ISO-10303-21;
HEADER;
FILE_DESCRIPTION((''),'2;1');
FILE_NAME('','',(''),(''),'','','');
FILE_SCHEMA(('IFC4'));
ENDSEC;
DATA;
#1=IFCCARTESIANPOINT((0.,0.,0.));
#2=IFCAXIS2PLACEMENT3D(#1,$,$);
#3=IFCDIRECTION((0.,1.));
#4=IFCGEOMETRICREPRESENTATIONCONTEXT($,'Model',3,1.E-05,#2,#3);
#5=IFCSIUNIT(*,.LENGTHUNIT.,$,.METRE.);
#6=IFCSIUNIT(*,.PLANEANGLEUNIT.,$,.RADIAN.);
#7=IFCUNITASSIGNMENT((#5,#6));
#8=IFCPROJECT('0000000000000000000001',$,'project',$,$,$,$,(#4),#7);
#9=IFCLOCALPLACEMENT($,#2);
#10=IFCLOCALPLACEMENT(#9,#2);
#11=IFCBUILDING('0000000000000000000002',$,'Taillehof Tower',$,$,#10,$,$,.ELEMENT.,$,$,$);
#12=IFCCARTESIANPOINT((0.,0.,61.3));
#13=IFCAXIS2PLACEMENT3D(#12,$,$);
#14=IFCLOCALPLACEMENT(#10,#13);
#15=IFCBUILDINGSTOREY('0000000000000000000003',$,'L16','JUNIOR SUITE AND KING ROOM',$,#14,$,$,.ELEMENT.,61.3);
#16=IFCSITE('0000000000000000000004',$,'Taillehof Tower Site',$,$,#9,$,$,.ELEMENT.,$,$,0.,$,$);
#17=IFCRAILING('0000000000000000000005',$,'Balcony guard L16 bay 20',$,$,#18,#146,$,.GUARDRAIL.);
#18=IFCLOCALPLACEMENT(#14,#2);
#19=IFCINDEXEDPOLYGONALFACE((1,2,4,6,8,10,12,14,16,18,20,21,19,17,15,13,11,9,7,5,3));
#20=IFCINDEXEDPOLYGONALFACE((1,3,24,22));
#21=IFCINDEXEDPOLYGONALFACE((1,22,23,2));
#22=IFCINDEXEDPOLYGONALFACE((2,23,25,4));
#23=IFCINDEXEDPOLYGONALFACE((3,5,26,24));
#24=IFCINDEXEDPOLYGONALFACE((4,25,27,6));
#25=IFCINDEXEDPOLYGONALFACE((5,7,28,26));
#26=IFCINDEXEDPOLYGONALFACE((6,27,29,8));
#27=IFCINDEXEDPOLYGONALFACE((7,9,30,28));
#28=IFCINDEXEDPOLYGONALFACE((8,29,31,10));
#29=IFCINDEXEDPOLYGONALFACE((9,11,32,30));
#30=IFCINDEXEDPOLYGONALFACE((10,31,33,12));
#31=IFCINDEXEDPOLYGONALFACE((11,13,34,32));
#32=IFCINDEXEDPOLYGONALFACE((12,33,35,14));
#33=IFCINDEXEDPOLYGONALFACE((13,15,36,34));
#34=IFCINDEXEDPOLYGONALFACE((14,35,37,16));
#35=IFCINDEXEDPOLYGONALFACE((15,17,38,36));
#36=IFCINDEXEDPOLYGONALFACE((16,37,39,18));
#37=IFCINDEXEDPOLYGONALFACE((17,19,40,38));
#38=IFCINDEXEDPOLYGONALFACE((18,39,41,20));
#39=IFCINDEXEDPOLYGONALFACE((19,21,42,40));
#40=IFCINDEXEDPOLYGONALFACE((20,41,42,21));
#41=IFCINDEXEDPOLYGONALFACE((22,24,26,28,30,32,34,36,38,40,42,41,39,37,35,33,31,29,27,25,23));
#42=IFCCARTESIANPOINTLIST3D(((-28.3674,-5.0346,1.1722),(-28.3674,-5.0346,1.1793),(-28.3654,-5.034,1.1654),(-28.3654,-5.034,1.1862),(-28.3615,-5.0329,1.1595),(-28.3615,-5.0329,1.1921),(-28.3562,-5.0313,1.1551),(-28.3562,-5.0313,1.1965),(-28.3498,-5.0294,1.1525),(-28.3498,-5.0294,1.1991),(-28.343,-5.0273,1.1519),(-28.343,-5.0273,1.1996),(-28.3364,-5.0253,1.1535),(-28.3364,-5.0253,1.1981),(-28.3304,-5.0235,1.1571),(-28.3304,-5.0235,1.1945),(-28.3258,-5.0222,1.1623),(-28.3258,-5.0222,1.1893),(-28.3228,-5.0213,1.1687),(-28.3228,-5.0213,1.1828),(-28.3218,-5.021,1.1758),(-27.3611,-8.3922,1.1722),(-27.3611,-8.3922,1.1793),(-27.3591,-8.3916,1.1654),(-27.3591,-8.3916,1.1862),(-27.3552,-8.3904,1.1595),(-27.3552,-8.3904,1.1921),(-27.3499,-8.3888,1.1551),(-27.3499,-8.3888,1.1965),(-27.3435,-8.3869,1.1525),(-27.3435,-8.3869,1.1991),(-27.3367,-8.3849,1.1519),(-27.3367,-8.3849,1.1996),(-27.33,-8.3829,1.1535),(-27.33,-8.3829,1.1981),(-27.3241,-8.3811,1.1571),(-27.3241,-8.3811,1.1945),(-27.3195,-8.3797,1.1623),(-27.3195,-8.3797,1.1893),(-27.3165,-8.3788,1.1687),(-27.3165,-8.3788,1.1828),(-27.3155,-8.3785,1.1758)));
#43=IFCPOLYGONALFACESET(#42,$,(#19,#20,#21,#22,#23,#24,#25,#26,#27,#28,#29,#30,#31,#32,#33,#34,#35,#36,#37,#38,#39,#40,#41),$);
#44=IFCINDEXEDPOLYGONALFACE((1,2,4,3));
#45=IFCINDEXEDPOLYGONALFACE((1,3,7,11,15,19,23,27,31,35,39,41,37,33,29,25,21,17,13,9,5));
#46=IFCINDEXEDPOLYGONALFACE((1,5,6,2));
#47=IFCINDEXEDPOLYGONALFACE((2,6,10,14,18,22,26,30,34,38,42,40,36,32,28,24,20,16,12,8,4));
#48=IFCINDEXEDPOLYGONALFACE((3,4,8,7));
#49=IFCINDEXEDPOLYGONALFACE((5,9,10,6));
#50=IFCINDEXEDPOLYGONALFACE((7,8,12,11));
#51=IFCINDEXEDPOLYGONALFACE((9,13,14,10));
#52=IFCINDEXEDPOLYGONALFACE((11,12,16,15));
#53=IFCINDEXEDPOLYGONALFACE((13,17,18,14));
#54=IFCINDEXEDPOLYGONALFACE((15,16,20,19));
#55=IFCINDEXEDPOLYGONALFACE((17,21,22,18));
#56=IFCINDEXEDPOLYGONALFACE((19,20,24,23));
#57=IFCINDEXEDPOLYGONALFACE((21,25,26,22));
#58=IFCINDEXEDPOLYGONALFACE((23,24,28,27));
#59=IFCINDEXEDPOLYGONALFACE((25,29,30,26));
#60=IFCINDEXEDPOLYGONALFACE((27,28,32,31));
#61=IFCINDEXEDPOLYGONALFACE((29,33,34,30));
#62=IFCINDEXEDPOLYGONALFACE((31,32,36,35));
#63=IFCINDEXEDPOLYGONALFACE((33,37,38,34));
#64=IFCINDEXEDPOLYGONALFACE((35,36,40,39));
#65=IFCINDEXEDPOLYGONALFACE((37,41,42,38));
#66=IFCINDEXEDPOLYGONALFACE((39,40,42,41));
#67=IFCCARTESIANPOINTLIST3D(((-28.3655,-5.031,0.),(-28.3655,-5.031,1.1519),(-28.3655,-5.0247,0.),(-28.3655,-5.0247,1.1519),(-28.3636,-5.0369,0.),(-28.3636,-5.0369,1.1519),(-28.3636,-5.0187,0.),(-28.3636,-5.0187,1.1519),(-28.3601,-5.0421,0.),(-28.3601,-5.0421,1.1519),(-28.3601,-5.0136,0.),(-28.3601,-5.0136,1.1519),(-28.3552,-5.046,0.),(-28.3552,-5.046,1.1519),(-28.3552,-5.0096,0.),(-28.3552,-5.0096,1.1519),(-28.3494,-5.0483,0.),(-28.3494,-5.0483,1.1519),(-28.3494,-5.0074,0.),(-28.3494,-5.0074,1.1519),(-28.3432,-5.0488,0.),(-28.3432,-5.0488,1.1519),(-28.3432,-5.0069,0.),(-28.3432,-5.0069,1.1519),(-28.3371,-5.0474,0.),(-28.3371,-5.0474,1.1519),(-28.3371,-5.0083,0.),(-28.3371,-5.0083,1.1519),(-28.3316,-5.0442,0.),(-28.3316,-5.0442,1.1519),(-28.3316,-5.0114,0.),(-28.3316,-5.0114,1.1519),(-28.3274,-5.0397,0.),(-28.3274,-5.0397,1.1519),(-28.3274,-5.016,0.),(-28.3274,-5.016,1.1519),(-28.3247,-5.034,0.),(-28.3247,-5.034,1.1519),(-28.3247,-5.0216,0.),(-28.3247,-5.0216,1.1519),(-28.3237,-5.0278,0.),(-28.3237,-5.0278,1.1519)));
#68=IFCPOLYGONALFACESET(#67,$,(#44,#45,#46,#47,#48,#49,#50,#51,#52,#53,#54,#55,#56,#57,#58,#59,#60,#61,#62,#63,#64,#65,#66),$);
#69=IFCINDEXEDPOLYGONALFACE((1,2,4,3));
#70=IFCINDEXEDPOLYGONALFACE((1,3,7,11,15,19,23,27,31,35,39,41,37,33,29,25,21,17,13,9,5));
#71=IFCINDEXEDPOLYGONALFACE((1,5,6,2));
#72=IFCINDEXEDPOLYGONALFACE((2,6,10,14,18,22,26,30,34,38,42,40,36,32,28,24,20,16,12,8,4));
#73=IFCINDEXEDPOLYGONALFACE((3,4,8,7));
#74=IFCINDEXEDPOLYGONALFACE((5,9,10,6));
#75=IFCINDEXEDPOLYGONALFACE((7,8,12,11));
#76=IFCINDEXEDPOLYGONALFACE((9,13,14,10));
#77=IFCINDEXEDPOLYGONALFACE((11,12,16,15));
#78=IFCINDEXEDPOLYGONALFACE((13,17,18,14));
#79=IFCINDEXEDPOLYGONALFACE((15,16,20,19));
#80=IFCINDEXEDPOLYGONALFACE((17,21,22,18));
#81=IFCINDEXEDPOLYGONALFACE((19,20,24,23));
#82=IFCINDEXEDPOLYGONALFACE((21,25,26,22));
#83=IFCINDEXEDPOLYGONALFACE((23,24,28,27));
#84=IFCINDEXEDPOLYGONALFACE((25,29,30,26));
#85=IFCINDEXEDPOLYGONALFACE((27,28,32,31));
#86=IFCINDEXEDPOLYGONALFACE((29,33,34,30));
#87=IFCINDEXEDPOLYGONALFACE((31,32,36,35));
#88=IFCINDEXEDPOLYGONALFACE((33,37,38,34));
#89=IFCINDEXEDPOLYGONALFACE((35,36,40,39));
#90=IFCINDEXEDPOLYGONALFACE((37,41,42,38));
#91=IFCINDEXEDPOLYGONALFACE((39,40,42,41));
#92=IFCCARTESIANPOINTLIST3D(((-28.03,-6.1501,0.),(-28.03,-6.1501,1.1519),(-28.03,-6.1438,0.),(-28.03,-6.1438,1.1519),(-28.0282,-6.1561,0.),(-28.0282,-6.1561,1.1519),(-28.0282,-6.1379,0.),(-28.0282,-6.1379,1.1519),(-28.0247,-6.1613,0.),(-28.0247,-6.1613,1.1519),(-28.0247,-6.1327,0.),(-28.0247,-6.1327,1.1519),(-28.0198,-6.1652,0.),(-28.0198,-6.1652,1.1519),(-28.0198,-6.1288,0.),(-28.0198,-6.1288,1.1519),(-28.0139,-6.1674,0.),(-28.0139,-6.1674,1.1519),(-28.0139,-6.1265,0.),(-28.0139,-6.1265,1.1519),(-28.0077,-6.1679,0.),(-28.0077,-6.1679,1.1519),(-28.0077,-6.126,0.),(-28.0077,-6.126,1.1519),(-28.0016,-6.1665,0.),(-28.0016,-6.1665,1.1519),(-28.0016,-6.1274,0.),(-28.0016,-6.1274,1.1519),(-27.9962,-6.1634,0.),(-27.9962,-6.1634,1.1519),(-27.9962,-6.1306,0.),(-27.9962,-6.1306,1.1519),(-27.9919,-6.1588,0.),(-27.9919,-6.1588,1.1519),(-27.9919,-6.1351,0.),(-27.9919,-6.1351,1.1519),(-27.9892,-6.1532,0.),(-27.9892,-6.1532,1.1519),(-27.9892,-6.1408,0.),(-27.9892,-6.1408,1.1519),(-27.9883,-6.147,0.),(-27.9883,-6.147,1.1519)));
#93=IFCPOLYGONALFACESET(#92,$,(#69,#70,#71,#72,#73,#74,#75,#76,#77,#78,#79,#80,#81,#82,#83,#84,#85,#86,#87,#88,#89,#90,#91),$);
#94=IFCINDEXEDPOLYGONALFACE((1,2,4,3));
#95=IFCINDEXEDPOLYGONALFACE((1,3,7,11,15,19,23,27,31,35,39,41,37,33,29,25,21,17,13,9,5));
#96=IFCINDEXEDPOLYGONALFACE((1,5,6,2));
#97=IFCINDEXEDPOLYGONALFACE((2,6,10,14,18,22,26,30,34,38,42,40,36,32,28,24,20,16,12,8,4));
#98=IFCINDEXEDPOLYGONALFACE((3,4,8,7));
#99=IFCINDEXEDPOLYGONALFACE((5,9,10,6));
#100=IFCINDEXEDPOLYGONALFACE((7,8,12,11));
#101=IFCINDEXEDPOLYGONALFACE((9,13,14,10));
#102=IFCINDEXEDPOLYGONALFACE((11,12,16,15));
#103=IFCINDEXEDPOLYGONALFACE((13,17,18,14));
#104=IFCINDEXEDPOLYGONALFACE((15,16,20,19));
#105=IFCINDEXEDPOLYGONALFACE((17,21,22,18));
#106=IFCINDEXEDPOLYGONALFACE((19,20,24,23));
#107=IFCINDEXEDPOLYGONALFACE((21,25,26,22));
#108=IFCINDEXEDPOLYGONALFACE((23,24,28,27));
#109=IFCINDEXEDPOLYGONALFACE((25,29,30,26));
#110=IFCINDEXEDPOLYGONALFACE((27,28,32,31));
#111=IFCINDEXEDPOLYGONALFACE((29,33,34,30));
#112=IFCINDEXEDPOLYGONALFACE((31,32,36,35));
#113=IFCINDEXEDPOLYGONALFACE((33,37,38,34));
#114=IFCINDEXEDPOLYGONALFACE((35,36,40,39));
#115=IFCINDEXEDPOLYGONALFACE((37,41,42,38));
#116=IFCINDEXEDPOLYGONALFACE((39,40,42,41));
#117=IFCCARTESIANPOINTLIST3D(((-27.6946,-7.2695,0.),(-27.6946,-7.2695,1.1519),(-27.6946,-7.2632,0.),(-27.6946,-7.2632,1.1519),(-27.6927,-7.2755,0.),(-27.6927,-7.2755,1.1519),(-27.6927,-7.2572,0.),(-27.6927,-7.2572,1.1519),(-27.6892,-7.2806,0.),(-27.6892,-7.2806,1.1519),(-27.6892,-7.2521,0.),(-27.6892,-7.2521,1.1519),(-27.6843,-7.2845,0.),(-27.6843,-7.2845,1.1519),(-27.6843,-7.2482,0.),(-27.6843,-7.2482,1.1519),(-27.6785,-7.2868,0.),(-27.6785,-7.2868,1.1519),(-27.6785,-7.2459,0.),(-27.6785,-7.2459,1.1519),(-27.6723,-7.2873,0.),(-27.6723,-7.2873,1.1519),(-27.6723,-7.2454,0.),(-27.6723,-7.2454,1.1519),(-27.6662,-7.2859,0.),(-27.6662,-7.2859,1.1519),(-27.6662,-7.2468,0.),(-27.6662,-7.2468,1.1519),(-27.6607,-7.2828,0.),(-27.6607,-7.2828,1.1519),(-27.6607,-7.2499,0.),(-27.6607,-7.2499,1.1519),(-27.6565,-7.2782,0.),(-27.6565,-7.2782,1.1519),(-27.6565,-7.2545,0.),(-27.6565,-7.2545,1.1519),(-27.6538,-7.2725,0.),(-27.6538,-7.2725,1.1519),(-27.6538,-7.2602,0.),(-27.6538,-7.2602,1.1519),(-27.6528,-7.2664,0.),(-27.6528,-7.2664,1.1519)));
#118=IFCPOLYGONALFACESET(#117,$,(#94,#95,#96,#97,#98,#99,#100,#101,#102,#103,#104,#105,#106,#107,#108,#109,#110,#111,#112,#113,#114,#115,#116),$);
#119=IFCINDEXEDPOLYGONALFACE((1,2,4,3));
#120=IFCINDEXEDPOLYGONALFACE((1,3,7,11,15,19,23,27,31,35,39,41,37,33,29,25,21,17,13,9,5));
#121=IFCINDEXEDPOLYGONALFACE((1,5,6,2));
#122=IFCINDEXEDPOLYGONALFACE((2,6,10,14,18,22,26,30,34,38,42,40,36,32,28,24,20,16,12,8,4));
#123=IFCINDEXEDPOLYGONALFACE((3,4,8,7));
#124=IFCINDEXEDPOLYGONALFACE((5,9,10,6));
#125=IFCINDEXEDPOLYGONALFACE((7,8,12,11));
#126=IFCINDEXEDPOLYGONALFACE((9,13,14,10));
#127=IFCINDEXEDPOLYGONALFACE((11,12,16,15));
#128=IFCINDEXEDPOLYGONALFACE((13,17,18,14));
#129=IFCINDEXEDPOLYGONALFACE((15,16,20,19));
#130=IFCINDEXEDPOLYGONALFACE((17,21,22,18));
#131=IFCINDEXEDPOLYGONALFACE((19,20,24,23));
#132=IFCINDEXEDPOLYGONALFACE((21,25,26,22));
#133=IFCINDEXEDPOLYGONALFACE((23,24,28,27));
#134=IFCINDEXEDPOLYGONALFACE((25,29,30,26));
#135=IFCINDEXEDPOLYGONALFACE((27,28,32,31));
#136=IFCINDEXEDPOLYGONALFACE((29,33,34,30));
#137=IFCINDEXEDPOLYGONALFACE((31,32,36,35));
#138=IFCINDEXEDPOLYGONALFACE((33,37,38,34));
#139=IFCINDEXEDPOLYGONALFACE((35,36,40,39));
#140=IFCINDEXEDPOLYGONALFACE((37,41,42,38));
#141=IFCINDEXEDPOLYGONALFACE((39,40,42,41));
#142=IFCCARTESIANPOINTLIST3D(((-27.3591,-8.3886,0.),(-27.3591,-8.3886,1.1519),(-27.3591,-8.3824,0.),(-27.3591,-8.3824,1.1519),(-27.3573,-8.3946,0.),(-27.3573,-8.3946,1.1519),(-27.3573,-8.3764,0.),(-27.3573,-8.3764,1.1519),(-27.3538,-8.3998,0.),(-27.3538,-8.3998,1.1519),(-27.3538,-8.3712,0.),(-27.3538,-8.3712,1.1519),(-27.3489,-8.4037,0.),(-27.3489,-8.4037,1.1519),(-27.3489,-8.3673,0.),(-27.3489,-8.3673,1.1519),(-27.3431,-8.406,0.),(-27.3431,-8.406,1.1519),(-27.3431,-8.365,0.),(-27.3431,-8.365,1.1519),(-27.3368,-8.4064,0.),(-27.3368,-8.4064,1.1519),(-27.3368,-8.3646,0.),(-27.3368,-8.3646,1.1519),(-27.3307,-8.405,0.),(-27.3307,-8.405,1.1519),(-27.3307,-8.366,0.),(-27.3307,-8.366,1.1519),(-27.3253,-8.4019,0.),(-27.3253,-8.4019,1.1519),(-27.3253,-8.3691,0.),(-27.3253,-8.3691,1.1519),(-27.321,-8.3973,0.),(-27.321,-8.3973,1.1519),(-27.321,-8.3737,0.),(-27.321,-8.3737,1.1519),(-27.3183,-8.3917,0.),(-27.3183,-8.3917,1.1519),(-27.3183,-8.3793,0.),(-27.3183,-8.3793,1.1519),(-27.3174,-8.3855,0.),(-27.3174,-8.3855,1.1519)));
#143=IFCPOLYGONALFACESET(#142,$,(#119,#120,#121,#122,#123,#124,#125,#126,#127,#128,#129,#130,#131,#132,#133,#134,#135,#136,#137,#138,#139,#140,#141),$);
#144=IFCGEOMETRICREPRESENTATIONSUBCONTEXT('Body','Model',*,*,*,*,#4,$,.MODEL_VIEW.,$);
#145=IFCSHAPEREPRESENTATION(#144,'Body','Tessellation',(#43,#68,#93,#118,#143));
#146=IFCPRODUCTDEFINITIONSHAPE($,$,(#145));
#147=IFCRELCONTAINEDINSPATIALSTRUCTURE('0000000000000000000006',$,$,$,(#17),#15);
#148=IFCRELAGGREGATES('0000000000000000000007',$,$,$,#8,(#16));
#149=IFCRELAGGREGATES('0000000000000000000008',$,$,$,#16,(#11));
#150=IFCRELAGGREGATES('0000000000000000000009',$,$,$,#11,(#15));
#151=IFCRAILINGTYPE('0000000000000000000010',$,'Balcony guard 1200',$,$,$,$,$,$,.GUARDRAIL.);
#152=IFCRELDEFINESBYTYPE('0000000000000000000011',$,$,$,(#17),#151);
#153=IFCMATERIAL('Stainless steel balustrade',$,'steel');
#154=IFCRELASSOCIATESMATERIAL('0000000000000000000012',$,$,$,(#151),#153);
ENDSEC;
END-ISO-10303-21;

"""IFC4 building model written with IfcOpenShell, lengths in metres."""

from ifc_helpers import new_model, si_unit, direction, frame, origin, origin_2d, place, context, subcontext, project, spatial, circle, extrude, material, type_object, element, save


model = new_model("IFC4")

# Units and contexts
model_context = context("Model", 3, precision=1e-05, world=origin(), true_north=direction((0.0, 1.0)))
body_context = subcontext(model_context, "Body", "Model", "MODEL_VIEW")
ifc_project = project(units=[si_unit("LENGTHUNIT", "METRE"), si_unit("PLANEANGLEUNIT", "RADIAN")], contexts=[model_context])

# Site, building, storey
site_placement = place(None, origin())
site = spatial("IfcSite", under=ifc_project, at=site_placement, Name="Taillehof Tower Site", CompositionType="ELEMENT", RefElevation=0.0)
building_placement = place(site_placement, origin())
building = spatial("IfcBuilding", under=site, at=building_placement, Name="Taillehof Tower", CompositionType="ELEMENT")
storey_placement = place(building_placement, frame((0.0, 0.0, 61.3)))
storey = spatial("IfcBuildingStorey", under=building, at=storey_placement, Name="L16", Description="JUNIOR SUITE AND KING ROOM", CompositionType="ELEMENT", Elevation=61.3)

# Railing
ifc_material_1 = material(Name="Stainless steel balustrade", Category="steel")
railing_type = type_object("IfcRailingType", Name="Balcony guard 1200", PredefinedType="GUARDRAIL", material=ifc_material_1)
railing_1_placement = place(storey_placement, frame((-28.3447, -5.0278, 0.0)))
element("IfcRailing", 1, at=railing_1_placement, inside=storey, type_object=railing_type, Name="Balcony guard L16 bay 20", PredefinedType="GUARDRAIL", context=body_context, shape_type="SweptSolid", body=[
    extrude(circle(Radius=0.0239, at=origin_2d()), frame((0.0, 0.0, 1.1758), z_axis=(0.287099, -0.957901, 0.0), x_axis=(0.957901, 0.287099, 0.0)), (0.0, 0.0, 1.0), 3.5051),
    extrude(circle(Radius=0.021, at=origin_2d()), origin(), (0.0, 0.0, 1.0), 1.1519),
    extrude(circle(Radius=0.021, at=origin_2d()), frame((0.3354, -1.1191, 0.0)), (0.0, 0.0, 1.0), 1.1519),
    extrude(circle(Radius=0.021, at=origin_2d()), frame((0.6709, -2.2385, 0.0)), (0.0, 0.0, 1.0), 1.1519),
    extrude(circle(Radius=0.021, at=origin_2d()), frame((1.0063, -3.3577, 0.0)), (0.0, 0.0, 1.0), 1.1519),
])

save(model, "model.ifc")
